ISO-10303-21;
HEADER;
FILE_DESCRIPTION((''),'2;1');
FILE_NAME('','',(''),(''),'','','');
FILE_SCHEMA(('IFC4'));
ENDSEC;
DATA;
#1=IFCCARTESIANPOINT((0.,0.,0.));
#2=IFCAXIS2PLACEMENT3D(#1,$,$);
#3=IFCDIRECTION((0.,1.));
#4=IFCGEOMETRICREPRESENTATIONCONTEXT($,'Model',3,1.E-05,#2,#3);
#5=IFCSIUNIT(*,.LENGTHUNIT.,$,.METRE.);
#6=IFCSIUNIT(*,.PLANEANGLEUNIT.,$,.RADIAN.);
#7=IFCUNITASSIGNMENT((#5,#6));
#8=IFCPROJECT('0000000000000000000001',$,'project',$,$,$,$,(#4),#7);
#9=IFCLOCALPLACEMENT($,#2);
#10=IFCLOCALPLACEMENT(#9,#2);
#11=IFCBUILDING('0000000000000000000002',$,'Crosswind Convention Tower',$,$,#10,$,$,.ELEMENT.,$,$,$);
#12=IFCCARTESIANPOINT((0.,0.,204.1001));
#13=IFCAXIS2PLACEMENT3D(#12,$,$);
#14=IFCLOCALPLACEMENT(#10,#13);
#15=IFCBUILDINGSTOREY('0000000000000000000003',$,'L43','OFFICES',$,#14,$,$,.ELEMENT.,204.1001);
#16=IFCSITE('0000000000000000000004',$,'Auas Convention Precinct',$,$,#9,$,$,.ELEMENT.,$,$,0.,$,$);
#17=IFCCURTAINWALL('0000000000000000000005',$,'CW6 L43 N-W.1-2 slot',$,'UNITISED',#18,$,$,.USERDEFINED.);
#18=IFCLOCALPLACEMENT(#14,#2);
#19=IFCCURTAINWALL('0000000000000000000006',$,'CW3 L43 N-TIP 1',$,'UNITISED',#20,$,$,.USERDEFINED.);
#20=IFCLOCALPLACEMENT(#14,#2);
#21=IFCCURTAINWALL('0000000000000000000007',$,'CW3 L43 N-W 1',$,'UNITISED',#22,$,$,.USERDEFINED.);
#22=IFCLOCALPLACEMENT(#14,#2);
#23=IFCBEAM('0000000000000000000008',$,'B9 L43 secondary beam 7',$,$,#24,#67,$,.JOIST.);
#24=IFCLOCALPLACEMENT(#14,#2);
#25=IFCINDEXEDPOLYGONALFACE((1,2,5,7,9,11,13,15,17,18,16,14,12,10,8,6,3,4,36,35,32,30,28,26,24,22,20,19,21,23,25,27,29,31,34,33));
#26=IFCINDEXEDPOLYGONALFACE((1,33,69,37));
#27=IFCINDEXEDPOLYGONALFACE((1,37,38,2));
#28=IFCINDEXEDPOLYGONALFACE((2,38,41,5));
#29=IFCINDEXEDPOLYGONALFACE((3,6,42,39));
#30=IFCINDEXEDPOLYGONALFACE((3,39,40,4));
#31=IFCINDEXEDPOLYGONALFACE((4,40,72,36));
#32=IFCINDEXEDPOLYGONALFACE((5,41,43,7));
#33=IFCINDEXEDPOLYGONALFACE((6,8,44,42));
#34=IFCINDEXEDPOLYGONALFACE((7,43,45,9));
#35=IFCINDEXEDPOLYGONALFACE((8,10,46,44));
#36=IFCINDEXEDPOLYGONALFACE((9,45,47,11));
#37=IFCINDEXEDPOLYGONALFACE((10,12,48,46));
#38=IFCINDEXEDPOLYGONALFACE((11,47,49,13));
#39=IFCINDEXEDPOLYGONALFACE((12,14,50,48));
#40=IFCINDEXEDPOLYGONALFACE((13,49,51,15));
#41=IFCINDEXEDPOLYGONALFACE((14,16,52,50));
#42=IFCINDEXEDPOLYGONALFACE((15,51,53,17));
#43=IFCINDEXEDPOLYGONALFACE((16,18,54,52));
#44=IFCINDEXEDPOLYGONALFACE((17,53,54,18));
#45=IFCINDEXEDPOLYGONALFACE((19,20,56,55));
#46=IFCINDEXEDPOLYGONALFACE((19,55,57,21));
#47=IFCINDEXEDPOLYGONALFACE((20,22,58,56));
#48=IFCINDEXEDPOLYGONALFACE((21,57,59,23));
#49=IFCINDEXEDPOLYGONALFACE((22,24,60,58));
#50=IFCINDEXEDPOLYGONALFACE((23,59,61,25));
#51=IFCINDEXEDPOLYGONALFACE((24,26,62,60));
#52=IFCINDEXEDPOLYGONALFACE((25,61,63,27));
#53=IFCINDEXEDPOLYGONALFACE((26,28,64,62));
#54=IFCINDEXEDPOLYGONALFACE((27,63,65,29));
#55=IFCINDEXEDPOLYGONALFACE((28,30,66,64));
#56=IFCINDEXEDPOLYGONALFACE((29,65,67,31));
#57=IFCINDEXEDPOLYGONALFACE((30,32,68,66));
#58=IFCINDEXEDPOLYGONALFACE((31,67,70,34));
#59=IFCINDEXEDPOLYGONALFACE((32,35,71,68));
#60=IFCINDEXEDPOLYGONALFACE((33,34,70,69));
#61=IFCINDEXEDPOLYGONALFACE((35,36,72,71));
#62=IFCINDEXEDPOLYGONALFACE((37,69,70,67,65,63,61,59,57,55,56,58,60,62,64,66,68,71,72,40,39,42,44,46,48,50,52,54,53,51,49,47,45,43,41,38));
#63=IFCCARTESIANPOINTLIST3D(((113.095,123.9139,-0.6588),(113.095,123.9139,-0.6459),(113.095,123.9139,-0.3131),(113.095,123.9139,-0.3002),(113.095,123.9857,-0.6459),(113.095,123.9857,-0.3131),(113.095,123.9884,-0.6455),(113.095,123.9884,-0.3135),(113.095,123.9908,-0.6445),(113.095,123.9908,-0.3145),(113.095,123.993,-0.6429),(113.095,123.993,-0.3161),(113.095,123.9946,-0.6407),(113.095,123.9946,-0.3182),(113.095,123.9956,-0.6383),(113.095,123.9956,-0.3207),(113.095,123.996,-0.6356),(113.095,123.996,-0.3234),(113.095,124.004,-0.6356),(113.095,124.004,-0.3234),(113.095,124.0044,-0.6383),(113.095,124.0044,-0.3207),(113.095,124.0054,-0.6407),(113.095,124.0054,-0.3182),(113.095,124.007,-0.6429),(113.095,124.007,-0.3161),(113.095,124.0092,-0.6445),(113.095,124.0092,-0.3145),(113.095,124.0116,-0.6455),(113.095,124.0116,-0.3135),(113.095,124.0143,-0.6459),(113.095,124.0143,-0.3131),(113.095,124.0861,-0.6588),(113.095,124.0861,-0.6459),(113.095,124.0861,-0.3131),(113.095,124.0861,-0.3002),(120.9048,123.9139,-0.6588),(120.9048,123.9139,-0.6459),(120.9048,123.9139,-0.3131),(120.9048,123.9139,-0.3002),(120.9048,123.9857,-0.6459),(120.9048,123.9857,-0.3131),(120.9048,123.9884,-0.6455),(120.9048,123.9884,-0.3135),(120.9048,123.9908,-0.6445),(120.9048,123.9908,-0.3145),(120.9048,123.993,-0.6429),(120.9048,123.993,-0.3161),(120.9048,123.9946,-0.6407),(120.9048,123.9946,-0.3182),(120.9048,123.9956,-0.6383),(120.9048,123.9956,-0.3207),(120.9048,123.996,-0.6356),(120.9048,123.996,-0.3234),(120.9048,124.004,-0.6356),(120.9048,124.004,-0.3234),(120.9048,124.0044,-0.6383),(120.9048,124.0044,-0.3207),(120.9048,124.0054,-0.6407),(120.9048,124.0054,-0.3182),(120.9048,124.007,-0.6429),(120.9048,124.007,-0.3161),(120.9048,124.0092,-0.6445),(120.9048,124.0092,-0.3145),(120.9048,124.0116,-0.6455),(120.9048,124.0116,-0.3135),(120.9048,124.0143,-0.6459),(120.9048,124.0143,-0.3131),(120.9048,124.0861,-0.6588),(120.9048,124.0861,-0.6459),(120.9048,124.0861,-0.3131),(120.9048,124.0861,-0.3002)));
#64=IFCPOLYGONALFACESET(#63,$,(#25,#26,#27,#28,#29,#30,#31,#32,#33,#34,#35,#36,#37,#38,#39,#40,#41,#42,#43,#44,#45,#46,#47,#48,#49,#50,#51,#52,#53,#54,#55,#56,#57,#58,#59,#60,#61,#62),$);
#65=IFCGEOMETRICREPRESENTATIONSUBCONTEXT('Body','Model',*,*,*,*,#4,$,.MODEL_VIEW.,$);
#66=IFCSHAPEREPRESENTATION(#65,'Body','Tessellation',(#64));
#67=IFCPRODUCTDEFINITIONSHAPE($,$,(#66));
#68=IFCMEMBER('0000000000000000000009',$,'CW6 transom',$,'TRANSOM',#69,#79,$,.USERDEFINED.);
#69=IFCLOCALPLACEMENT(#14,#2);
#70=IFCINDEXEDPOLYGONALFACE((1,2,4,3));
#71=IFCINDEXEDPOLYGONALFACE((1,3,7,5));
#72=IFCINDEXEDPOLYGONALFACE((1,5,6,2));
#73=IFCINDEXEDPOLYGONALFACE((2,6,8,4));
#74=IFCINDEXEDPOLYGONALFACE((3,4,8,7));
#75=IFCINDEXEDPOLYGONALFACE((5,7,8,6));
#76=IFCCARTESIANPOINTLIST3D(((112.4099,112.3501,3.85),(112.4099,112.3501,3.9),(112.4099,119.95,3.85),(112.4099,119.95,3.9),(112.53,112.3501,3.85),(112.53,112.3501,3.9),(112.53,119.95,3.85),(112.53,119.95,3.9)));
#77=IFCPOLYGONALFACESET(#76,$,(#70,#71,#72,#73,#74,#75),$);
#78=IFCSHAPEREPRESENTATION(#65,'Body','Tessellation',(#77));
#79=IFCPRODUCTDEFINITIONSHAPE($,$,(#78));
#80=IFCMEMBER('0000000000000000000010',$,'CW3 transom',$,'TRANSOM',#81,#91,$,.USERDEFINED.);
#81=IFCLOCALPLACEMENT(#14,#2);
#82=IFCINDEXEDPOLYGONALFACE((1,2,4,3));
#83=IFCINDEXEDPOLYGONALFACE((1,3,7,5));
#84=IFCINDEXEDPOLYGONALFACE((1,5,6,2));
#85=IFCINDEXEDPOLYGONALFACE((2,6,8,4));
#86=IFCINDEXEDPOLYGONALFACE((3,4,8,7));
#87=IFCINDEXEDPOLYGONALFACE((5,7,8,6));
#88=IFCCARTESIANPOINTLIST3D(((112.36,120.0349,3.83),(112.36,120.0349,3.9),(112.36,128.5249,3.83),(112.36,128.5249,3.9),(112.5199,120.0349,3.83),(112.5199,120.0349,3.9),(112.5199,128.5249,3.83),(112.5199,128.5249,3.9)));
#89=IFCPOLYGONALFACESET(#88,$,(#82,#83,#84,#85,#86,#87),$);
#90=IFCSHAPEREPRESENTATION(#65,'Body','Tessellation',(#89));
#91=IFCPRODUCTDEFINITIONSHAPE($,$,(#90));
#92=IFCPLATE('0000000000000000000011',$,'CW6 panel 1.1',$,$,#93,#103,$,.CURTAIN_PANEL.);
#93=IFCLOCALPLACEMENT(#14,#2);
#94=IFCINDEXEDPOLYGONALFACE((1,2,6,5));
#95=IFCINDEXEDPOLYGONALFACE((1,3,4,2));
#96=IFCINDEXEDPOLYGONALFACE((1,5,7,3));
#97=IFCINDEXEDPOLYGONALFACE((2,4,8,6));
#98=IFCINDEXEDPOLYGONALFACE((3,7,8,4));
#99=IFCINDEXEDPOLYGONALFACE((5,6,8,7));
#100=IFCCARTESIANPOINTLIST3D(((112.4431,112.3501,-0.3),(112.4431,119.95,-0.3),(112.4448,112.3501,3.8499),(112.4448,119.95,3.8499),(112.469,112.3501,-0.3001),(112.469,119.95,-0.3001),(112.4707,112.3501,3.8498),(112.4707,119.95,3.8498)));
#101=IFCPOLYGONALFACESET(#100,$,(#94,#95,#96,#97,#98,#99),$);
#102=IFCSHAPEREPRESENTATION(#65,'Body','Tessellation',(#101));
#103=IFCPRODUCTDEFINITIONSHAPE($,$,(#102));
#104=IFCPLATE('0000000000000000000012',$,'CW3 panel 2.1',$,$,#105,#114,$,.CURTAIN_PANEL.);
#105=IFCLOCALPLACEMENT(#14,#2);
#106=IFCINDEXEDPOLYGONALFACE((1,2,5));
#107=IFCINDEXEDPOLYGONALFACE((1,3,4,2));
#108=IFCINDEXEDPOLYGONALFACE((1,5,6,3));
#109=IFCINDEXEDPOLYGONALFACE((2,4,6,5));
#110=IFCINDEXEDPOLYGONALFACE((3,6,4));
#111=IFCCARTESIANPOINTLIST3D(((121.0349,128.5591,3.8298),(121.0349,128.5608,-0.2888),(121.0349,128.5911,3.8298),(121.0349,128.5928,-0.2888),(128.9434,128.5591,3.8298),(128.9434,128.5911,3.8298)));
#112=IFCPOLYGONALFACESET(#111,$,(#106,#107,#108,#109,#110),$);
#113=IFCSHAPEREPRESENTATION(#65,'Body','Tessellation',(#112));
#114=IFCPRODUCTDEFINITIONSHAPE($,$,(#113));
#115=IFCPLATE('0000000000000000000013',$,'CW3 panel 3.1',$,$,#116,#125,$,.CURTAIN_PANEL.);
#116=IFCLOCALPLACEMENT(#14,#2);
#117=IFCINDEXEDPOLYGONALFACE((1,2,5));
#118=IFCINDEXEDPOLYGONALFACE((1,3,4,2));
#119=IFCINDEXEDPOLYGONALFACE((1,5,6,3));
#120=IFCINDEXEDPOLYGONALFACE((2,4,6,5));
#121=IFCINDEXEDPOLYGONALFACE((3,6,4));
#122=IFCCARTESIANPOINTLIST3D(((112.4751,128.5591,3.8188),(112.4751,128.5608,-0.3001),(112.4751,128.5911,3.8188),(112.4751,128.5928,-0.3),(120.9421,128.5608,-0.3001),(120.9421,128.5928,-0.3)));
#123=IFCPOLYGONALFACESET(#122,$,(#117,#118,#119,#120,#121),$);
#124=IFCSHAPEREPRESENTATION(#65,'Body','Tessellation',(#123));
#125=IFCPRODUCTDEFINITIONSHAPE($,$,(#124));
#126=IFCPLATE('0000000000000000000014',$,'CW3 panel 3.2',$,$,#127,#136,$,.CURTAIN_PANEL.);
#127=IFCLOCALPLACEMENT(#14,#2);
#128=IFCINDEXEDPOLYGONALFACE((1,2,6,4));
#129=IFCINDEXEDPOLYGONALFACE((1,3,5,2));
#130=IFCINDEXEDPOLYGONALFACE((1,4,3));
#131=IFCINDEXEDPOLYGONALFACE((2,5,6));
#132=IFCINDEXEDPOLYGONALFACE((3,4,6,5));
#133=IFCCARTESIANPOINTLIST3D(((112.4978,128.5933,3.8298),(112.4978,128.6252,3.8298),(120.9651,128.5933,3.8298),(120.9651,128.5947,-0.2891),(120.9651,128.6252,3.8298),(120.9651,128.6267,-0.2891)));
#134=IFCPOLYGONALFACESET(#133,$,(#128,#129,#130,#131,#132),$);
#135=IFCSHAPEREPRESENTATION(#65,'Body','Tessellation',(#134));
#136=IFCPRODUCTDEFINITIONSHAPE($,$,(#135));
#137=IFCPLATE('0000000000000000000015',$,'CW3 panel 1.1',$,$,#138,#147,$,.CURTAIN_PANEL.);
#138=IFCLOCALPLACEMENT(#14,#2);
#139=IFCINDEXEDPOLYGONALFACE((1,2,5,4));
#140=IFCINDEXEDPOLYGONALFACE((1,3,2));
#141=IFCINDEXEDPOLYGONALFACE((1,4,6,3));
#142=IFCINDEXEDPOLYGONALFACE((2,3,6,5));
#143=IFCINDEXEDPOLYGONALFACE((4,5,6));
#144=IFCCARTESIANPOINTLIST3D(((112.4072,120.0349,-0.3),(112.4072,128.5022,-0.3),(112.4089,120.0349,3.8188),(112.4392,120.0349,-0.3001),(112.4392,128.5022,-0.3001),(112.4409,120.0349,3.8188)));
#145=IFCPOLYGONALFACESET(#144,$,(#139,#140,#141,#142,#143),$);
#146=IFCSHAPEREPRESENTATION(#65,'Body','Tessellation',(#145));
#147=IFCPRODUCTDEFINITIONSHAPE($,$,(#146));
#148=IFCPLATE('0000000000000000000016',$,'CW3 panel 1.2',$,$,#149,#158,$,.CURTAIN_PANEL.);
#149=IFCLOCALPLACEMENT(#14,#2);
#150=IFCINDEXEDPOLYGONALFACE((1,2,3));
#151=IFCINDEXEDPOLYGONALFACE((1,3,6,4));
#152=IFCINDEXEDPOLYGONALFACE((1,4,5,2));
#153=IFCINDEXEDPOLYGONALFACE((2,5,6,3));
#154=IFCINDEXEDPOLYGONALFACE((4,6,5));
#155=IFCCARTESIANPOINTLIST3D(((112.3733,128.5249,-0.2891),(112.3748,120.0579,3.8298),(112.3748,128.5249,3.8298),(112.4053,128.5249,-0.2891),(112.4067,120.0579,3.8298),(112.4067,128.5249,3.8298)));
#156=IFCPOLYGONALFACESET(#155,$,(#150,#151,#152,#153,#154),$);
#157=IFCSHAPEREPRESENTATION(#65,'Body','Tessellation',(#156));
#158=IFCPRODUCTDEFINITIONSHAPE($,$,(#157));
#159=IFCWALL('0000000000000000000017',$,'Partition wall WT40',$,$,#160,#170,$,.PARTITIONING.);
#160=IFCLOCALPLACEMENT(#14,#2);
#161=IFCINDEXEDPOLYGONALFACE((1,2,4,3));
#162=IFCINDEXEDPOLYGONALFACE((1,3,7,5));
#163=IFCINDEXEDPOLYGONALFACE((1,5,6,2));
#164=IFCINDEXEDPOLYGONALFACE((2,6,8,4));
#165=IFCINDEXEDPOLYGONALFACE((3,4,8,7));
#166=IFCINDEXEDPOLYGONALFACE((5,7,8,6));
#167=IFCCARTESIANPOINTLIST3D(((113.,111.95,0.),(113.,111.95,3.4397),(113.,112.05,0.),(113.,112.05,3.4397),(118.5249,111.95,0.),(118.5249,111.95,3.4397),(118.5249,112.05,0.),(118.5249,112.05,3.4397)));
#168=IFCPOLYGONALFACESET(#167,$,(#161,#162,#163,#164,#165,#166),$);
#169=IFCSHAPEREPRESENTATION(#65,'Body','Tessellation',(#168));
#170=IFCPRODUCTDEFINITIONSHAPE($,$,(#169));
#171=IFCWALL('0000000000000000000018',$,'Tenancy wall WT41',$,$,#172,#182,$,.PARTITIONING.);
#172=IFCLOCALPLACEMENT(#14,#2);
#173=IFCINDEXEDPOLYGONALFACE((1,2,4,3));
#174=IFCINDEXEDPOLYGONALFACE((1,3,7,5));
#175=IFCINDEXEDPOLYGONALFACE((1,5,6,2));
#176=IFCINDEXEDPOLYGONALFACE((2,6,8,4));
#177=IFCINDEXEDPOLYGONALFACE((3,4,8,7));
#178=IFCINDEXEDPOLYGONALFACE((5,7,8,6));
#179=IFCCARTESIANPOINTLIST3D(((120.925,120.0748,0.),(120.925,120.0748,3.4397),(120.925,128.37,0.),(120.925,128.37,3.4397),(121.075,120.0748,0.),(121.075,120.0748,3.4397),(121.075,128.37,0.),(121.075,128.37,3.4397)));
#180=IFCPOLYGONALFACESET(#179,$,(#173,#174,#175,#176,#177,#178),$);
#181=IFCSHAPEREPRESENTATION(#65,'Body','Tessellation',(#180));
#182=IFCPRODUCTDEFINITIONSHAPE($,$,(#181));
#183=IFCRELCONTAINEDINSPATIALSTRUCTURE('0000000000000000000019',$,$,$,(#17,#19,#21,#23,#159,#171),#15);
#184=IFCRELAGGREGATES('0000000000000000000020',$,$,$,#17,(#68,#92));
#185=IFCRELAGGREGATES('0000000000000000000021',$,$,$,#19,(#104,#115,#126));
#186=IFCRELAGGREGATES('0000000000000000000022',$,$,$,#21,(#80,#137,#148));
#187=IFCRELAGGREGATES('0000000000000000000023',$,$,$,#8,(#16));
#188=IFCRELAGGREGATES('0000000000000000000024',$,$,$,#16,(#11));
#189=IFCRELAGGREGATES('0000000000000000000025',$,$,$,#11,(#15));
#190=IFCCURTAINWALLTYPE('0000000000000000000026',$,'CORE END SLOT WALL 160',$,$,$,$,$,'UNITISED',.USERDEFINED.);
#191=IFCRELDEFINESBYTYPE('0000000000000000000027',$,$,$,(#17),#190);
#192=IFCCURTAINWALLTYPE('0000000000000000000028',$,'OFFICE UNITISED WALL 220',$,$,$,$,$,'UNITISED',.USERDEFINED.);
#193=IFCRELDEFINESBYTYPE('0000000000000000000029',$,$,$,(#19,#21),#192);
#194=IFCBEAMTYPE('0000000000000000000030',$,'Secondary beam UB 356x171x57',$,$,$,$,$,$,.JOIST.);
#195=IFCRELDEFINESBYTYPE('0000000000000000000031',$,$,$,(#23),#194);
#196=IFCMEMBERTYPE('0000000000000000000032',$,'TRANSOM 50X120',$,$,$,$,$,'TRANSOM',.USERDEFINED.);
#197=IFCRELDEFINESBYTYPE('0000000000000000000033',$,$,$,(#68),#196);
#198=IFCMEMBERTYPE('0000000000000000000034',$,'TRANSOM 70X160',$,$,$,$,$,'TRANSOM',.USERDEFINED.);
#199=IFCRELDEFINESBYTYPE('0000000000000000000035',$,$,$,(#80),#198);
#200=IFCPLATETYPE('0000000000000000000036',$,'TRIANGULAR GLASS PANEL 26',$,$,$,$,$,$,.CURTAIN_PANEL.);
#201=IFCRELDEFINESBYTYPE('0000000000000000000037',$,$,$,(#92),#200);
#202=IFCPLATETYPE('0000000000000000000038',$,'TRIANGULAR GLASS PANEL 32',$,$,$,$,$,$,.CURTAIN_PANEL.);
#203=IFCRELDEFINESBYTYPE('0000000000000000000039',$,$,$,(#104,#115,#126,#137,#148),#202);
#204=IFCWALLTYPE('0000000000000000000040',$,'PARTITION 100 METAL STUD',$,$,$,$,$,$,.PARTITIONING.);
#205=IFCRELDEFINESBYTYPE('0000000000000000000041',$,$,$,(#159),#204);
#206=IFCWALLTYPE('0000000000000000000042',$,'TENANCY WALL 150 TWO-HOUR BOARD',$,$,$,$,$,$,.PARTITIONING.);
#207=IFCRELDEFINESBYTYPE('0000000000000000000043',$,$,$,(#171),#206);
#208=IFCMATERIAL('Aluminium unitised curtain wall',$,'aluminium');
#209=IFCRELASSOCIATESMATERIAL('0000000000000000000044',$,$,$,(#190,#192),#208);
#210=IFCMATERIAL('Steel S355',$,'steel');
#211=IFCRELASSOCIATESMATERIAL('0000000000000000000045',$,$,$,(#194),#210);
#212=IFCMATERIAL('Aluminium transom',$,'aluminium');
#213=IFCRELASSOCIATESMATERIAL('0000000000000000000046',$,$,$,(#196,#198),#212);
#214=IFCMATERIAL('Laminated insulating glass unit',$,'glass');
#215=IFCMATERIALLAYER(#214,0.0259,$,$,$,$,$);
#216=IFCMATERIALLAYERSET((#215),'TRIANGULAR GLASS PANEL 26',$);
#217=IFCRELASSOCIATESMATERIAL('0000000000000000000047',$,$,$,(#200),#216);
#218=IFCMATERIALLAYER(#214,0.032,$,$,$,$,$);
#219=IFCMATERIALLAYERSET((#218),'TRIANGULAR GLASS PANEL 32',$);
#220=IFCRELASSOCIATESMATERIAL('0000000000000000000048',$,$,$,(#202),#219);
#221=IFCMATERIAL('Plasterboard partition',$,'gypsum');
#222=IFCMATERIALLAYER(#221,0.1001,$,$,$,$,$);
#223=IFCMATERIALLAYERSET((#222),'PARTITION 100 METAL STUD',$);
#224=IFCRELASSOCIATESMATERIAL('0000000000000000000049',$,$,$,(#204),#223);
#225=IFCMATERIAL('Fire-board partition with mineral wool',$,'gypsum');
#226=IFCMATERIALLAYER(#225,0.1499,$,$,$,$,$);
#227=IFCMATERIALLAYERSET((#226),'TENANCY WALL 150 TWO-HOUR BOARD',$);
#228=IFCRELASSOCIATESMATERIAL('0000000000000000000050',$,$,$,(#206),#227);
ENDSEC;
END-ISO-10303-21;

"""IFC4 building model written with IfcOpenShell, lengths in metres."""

from ifc_helpers import new_model, si_unit, direction, frame, frame_2d, origin, origin_2d, place, context, subcontext, project, spatial, polyline, rectangle, i_section, outline, extrude, material, layer, layer_set, material_profile, profile_set, type_object, element, aggregate, save


model = new_model("IFC4")

# Units and contexts
model_context = context("Model", 3, precision=1e-05, world=origin(), true_north=direction((0.0, 1.0)))
body_context = subcontext(model_context, "Body", "Model", "MODEL_VIEW")
ifc_project = project(units=[si_unit("LENGTHUNIT", "METRE"), si_unit("PLANEANGLEUNIT", "RADIAN")], contexts=[model_context])

# Site, building, storey
site_placement = place(None, origin())
site = spatial("IfcSite", under=ifc_project, at=site_placement, Name="Auas Convention Precinct", CompositionType="ELEMENT", RefElevation=0.0)
building_placement = place(site_placement, origin())
building = spatial("IfcBuilding", under=site, at=building_placement, Name="Crosswind Convention Tower", CompositionType="ELEMENT")
storey_placement = place(building_placement, frame((0.0, 0.0, 204.1001)))
storey = spatial("IfcBuildingStorey", under=building, at=storey_placement, Name="L43", Description="OFFICES", CompositionType="ELEMENT", Elevation=204.1001)

# Shared definitions
ifc_material_1 = material(Name="Steel S355", Category="steel")

# Curtain walls
ifc_material_2 = material(Name="Aluminium unitised curtain wall", Category="aluminium")
curtain_wall_type_1 = type_object("IfcCurtainWallType", Name="CORE END SLOT WALL 160", ElementType="UNITISED", PredefinedType="USERDEFINED", material=ifc_material_2)
curtain_wall_1_placement = place(storey_placement, origin())
curtain_wall_1 = element("IfcCurtainWall", 1, at=curtain_wall_1_placement, inside=storey, type_object=curtain_wall_type_1, Name="CW6 L43 N-W.1-2 slot", ObjectType="UNITISED", PredefinedType="USERDEFINED")
curtain_wall_type_2 = type_object("IfcCurtainWallType", Name="OFFICE UNITISED WALL 220", ElementType="UNITISED", PredefinedType="USERDEFINED", material=ifc_material_2)
curtain_wall_2_placement = place(storey_placement, origin())
curtain_wall_2 = element("IfcCurtainWall", 2, at=curtain_wall_2_placement, inside=storey, type_object=curtain_wall_type_2, Name="CW3 L43 N-TIP 1", ObjectType="UNITISED", PredefinedType="USERDEFINED")

# Curtain wall
curtain_wall_3_placement = place(storey_placement, origin())
curtain_wall_3 = element("IfcCurtainWall", 3, at=curtain_wall_3_placement, inside=storey, type_object=curtain_wall_type_2, Name="CW3 L43 N-W 1", ObjectType="UNITISED", PredefinedType="USERDEFINED")

# Beam
ifc_material_profile_1 = material_profile(ifc_material_1, i_section(OverallWidth=0.1721, OverallDepth=0.3586, WebThickness=0.0081, FlangeThickness=0.0129, FilletRadius=0.0103, at=origin_2d()), Name="UB 356x171x57")
ifc_profile_set_1 = profile_set([ifc_material_profile_1], Name="Steel S355")
beam_type_1 = type_object("IfcBeamType", Name="Secondary beam UB 356x171x57", PredefinedType="JOIST", material=ifc_profile_set_1)
for number, where, z_axis, x_axis, name in (
    (4, (113.095, 124.0, -0.4795), (1.0, 0.0, 0.0), (0.0, 1.0, 0.0), "B9 L43 secondary beam 7"),
):
    element("IfcBeam", number, at=place(storey_placement, frame(where, z_axis=z_axis, x_axis=x_axis)), inside=storey, type_object=beam_type_1, Name=name, PredefinedType="JOIST", context=body_context, shape_type="SweptSolid", body=[
        extrude(i_section(OverallWidth=0.1721, OverallDepth=0.3586, WebThickness=0.0081, FlangeThickness=0.0129, FilletRadius=0.0103, at=origin_2d()), origin(), (0.0, 0.0, 1.0), 7.8098),
    ])

# Members
ifc_material_3 = material(Name="Aluminium transom", Category="aluminium")
ifc_material_profile_2 = material_profile(ifc_material_3, rectangle(XDim=0.1201, YDim=0.05, at=origin_2d()), Name="AL 120X50")
ifc_profile_set_2 = profile_set([ifc_material_profile_2], Name="Aluminium transom")
member_type_1 = type_object("IfcMemberType", Name="TRANSOM 50X120", ElementType="TRANSOM", PredefinedType="USERDEFINED", material=ifc_profile_set_2)
member_1_placement = place(storey_placement, frame((112.47, 119.95, 3.875), z_axis=(0.0, -1.0, 0.0), x_axis=(1.0, 0.0, 0.0)))
member_1 = element("IfcMember", 5, at=member_1_placement, type_object=member_type_1, Name="CW6 transom", ObjectType="TRANSOM", PredefinedType="USERDEFINED", context=body_context, shape_type="SweptSolid", body=[
    extrude(rectangle(XDim=0.1201, YDim=0.05, at=origin_2d()), origin(), (0.0, 0.0, 1.0), 7.5999),
])
ifc_material_profile_3 = material_profile(ifc_material_3, rectangle(XDim=0.1599, YDim=0.0701, at=origin_2d()), Name="AL 160X70")
ifc_profile_set_3 = profile_set([ifc_material_profile_3], Name="Aluminium transom")
member_type_2 = type_object("IfcMemberType", Name="TRANSOM 70X160", ElementType="TRANSOM", PredefinedType="USERDEFINED", material=ifc_profile_set_3)
member_2_placement = place(storey_placement, frame((112.4399, 128.5249, 3.865), z_axis=(0.0, -1.0, 0.0), x_axis=(1.0, 0.0, 0.0)))
member_2 = element("IfcMember", 6, at=member_2_placement, type_object=member_type_2, Name="CW3 transom", ObjectType="TRANSOM", PredefinedType="USERDEFINED", context=body_context, shape_type="SweptSolid", body=[
    extrude(rectangle(XDim=0.1599, YDim=0.0701, at=origin_2d()), origin(), (0.0, 0.0, 1.0), 8.49),
])

# Plates
ifc_material_4 = material(Name="Laminated insulating glass unit", Category="glass")
ifc_layer_1 = layer(ifc_material_4, 0.0259)
ifc_layer_set_1 = layer_set([ifc_layer_1], Name="TRIANGULAR GLASS PANEL 26")
plate_type_1 = type_object("IfcPlateType", Name="TRIANGULAR GLASS PANEL 26", PredefinedType="CURTAIN_PANEL", material=ifc_layer_set_1)
plate_1_placement = place(storey_placement, frame((112.4431, 119.95, -0.3), z_axis=(-1.0, 0.0, 0.000412), x_axis=(0.0, -1.0, 0.0)))
plate_1 = element("IfcPlate", 7, at=plate_1_placement, type_object=plate_type_1, Name="CW6 panel 1.1", PredefinedType="CURTAIN_PANEL", context=body_context, shape_type="SweptSolid", body=[
    extrude(outline(polyline([(0.0, 0.0), (7.5999, 0.0), (7.5999, 4.1499), (0.0, 4.1499), (0.0, 0.0)])), origin(), (0.0, 0.0, -1.0), 0.0259),
])
aggregate(curtain_wall_1, [member_1, plate_1])
ifc_layer_2 = layer(ifc_material_4, 0.032)
ifc_layer_set_2 = layer_set([ifc_layer_2], Name="TRIANGULAR GLASS PANEL 32")
plate_type_2 = type_object("IfcPlateType", Name="TRIANGULAR GLASS PANEL 32", PredefinedType="CURTAIN_PANEL", material=ifc_layer_set_2)
plate_2_placement = place(storey_placement, frame((121.0349, 128.5911, 3.8298), z_axis=(0.0, 1.0, 0.000415), x_axis=(1.0, 0.0, 0.0)))
plate_2 = element("IfcPlate", 8, at=plate_2_placement, type_object=plate_type_2, Name="CW3 panel 2.1", PredefinedType="CURTAIN_PANEL", context=body_context, shape_type="SweptSolid", body=[
    extrude(outline(polyline([(0.0, 0.0), (7.9084, 0.0), (0.0, 4.1187), (0.0, 0.0)])), origin(), (0.0, 0.0, -1.0), 0.032),
])
plate_3_placement = place(storey_placement, frame((112.4751, 128.5928, -0.3), z_axis=(0.0, 1.0, 0.000415), x_axis=(0.0, -0.000415, 1.0)))
plate_3 = element("IfcPlate", 9, at=plate_3_placement, type_object=plate_type_2, Name="CW3 panel 3.1", PredefinedType="CURTAIN_PANEL", context=body_context, shape_type="SweptSolid", body=[
    extrude(outline(polyline([(0.0, 0.0), (4.1189, 0.0), (0.0, 8.467), (0.0, 0.0)])), origin(), (0.0, 0.0, -1.0), 0.032),
])
plate_4_placement = place(storey_placement, frame((120.9651, 128.6252, 3.8298), z_axis=(0.0, 1.0, 0.000356), x_axis=(0.0, 0.000356, -1.0)))
plate_4 = element("IfcPlate", 10, at=plate_4_placement, type_object=plate_type_2, Name="CW3 panel 3.2", PredefinedType="CURTAIN_PANEL", context=body_context, shape_type="SweptSolid", body=[
    extrude(outline(polyline([(0.0, 0.0), (4.1189, 0.0), (0.0, 8.4673), (0.0, 0.0)])), origin(), (0.0, 0.0, -1.0), 0.032),
])
aggregate(curtain_wall_2, [plate_2, plate_3, plate_4])
plate_5_placement = place(storey_placement, frame((112.4072, 120.0349, -0.3), z_axis=(-1.0, 0.0, 0.000415), x_axis=(0.000415, 0.0, 1.0)))
plate_5 = element("IfcPlate", 11, at=plate_5_placement, type_object=plate_type_2, Name="CW3 panel 1.1", PredefinedType="CURTAIN_PANEL", context=body_context, shape_type="SweptSolid", body=[
    extrude(outline(polyline([(0.0, 0.0), (4.1189, 0.0), (0.0, 8.4673), (0.0, 0.0)])), origin(), (0.0, 0.0, -1.0), 0.032),
])
plate_6_placement = place(storey_placement, frame((112.3748, 128.5249, 3.8298), z_axis=(-1.0, 0.0, 0.000356), x_axis=(-0.000356, 0.0, -1.0)))
plate_6 = element("IfcPlate", 12, at=plate_6_placement, type_object=plate_type_2, Name="CW3 panel 1.2", PredefinedType="CURTAIN_PANEL", context=body_context, shape_type="SweptSolid", body=[
    extrude(outline(polyline([(0.0, 0.0), (4.1189, 0.0), (0.0, 8.467), (0.0, 0.0)])), origin(), (0.0, 0.0, -1.0), 0.032),
])

# Walls
ifc_material_5 = material(Name="Plasterboard partition", Category="gypsum")
ifc_layer_3 = layer(ifc_material_5, 0.1001)
ifc_layer_set_3 = layer_set([ifc_layer_3], Name="PARTITION 100 METAL STUD")
wall_type_1 = type_object("IfcWallType", Name="PARTITION 100 METAL STUD", PredefinedType="PARTITIONING", material=ifc_layer_set_3)
wall_1_placement = place(storey_placement, frame((113.0, 112.0, 0.0), z_axis=(0.0, 0.0, 1.0), x_axis=(1.0, 0.0, 0.0)))
element("IfcWall", 13, at=wall_1_placement, inside=storey, type_object=wall_type_1, Name="Partition wall WT40", PredefinedType="PARTITIONING", context=body_context, shape_type="SweptSolid", body=[
    extrude(rectangle(XDim=5.5249, YDim=0.1001, at=frame_2d((2.7625, 0.0))), origin(), (0.0, 0.0, 1.0), 3.4397),
])
ifc_material_6 = material(Name="Fire-board partition with mineral wool", Category="gypsum")
ifc_layer_4 = layer(ifc_material_6, 0.1499)
ifc_layer_set_4 = layer_set([ifc_layer_4], Name="TENANCY WALL 150 TWO-HOUR BOARD")
wall_type_2 = type_object("IfcWallType", Name="TENANCY WALL 150 TWO-HOUR BOARD", PredefinedType="PARTITIONING", material=ifc_layer_set_4)
wall_2_placement = place(storey_placement, frame((121.0, 120.075, 0.0), z_axis=(0.0, 0.0, 1.0), x_axis=(0.0, 1.0, 0.0)))
element("IfcWall", 14, at=wall_2_placement, inside=storey, type_object=wall_type_2, Name="Tenancy wall WT41", PredefinedType="PARTITIONING", context=body_context, shape_type="SweptSolid", body=[
    extrude(rectangle(XDim=8.2952, YDim=0.1499, at=frame_2d((4.1475, 0.0))), origin(), (0.0, 0.0, 1.0), 3.4397),
])

aggregate(curtain_wall_3, [member_2, plate_5, plate_6])

save(model, "model.ifc")
